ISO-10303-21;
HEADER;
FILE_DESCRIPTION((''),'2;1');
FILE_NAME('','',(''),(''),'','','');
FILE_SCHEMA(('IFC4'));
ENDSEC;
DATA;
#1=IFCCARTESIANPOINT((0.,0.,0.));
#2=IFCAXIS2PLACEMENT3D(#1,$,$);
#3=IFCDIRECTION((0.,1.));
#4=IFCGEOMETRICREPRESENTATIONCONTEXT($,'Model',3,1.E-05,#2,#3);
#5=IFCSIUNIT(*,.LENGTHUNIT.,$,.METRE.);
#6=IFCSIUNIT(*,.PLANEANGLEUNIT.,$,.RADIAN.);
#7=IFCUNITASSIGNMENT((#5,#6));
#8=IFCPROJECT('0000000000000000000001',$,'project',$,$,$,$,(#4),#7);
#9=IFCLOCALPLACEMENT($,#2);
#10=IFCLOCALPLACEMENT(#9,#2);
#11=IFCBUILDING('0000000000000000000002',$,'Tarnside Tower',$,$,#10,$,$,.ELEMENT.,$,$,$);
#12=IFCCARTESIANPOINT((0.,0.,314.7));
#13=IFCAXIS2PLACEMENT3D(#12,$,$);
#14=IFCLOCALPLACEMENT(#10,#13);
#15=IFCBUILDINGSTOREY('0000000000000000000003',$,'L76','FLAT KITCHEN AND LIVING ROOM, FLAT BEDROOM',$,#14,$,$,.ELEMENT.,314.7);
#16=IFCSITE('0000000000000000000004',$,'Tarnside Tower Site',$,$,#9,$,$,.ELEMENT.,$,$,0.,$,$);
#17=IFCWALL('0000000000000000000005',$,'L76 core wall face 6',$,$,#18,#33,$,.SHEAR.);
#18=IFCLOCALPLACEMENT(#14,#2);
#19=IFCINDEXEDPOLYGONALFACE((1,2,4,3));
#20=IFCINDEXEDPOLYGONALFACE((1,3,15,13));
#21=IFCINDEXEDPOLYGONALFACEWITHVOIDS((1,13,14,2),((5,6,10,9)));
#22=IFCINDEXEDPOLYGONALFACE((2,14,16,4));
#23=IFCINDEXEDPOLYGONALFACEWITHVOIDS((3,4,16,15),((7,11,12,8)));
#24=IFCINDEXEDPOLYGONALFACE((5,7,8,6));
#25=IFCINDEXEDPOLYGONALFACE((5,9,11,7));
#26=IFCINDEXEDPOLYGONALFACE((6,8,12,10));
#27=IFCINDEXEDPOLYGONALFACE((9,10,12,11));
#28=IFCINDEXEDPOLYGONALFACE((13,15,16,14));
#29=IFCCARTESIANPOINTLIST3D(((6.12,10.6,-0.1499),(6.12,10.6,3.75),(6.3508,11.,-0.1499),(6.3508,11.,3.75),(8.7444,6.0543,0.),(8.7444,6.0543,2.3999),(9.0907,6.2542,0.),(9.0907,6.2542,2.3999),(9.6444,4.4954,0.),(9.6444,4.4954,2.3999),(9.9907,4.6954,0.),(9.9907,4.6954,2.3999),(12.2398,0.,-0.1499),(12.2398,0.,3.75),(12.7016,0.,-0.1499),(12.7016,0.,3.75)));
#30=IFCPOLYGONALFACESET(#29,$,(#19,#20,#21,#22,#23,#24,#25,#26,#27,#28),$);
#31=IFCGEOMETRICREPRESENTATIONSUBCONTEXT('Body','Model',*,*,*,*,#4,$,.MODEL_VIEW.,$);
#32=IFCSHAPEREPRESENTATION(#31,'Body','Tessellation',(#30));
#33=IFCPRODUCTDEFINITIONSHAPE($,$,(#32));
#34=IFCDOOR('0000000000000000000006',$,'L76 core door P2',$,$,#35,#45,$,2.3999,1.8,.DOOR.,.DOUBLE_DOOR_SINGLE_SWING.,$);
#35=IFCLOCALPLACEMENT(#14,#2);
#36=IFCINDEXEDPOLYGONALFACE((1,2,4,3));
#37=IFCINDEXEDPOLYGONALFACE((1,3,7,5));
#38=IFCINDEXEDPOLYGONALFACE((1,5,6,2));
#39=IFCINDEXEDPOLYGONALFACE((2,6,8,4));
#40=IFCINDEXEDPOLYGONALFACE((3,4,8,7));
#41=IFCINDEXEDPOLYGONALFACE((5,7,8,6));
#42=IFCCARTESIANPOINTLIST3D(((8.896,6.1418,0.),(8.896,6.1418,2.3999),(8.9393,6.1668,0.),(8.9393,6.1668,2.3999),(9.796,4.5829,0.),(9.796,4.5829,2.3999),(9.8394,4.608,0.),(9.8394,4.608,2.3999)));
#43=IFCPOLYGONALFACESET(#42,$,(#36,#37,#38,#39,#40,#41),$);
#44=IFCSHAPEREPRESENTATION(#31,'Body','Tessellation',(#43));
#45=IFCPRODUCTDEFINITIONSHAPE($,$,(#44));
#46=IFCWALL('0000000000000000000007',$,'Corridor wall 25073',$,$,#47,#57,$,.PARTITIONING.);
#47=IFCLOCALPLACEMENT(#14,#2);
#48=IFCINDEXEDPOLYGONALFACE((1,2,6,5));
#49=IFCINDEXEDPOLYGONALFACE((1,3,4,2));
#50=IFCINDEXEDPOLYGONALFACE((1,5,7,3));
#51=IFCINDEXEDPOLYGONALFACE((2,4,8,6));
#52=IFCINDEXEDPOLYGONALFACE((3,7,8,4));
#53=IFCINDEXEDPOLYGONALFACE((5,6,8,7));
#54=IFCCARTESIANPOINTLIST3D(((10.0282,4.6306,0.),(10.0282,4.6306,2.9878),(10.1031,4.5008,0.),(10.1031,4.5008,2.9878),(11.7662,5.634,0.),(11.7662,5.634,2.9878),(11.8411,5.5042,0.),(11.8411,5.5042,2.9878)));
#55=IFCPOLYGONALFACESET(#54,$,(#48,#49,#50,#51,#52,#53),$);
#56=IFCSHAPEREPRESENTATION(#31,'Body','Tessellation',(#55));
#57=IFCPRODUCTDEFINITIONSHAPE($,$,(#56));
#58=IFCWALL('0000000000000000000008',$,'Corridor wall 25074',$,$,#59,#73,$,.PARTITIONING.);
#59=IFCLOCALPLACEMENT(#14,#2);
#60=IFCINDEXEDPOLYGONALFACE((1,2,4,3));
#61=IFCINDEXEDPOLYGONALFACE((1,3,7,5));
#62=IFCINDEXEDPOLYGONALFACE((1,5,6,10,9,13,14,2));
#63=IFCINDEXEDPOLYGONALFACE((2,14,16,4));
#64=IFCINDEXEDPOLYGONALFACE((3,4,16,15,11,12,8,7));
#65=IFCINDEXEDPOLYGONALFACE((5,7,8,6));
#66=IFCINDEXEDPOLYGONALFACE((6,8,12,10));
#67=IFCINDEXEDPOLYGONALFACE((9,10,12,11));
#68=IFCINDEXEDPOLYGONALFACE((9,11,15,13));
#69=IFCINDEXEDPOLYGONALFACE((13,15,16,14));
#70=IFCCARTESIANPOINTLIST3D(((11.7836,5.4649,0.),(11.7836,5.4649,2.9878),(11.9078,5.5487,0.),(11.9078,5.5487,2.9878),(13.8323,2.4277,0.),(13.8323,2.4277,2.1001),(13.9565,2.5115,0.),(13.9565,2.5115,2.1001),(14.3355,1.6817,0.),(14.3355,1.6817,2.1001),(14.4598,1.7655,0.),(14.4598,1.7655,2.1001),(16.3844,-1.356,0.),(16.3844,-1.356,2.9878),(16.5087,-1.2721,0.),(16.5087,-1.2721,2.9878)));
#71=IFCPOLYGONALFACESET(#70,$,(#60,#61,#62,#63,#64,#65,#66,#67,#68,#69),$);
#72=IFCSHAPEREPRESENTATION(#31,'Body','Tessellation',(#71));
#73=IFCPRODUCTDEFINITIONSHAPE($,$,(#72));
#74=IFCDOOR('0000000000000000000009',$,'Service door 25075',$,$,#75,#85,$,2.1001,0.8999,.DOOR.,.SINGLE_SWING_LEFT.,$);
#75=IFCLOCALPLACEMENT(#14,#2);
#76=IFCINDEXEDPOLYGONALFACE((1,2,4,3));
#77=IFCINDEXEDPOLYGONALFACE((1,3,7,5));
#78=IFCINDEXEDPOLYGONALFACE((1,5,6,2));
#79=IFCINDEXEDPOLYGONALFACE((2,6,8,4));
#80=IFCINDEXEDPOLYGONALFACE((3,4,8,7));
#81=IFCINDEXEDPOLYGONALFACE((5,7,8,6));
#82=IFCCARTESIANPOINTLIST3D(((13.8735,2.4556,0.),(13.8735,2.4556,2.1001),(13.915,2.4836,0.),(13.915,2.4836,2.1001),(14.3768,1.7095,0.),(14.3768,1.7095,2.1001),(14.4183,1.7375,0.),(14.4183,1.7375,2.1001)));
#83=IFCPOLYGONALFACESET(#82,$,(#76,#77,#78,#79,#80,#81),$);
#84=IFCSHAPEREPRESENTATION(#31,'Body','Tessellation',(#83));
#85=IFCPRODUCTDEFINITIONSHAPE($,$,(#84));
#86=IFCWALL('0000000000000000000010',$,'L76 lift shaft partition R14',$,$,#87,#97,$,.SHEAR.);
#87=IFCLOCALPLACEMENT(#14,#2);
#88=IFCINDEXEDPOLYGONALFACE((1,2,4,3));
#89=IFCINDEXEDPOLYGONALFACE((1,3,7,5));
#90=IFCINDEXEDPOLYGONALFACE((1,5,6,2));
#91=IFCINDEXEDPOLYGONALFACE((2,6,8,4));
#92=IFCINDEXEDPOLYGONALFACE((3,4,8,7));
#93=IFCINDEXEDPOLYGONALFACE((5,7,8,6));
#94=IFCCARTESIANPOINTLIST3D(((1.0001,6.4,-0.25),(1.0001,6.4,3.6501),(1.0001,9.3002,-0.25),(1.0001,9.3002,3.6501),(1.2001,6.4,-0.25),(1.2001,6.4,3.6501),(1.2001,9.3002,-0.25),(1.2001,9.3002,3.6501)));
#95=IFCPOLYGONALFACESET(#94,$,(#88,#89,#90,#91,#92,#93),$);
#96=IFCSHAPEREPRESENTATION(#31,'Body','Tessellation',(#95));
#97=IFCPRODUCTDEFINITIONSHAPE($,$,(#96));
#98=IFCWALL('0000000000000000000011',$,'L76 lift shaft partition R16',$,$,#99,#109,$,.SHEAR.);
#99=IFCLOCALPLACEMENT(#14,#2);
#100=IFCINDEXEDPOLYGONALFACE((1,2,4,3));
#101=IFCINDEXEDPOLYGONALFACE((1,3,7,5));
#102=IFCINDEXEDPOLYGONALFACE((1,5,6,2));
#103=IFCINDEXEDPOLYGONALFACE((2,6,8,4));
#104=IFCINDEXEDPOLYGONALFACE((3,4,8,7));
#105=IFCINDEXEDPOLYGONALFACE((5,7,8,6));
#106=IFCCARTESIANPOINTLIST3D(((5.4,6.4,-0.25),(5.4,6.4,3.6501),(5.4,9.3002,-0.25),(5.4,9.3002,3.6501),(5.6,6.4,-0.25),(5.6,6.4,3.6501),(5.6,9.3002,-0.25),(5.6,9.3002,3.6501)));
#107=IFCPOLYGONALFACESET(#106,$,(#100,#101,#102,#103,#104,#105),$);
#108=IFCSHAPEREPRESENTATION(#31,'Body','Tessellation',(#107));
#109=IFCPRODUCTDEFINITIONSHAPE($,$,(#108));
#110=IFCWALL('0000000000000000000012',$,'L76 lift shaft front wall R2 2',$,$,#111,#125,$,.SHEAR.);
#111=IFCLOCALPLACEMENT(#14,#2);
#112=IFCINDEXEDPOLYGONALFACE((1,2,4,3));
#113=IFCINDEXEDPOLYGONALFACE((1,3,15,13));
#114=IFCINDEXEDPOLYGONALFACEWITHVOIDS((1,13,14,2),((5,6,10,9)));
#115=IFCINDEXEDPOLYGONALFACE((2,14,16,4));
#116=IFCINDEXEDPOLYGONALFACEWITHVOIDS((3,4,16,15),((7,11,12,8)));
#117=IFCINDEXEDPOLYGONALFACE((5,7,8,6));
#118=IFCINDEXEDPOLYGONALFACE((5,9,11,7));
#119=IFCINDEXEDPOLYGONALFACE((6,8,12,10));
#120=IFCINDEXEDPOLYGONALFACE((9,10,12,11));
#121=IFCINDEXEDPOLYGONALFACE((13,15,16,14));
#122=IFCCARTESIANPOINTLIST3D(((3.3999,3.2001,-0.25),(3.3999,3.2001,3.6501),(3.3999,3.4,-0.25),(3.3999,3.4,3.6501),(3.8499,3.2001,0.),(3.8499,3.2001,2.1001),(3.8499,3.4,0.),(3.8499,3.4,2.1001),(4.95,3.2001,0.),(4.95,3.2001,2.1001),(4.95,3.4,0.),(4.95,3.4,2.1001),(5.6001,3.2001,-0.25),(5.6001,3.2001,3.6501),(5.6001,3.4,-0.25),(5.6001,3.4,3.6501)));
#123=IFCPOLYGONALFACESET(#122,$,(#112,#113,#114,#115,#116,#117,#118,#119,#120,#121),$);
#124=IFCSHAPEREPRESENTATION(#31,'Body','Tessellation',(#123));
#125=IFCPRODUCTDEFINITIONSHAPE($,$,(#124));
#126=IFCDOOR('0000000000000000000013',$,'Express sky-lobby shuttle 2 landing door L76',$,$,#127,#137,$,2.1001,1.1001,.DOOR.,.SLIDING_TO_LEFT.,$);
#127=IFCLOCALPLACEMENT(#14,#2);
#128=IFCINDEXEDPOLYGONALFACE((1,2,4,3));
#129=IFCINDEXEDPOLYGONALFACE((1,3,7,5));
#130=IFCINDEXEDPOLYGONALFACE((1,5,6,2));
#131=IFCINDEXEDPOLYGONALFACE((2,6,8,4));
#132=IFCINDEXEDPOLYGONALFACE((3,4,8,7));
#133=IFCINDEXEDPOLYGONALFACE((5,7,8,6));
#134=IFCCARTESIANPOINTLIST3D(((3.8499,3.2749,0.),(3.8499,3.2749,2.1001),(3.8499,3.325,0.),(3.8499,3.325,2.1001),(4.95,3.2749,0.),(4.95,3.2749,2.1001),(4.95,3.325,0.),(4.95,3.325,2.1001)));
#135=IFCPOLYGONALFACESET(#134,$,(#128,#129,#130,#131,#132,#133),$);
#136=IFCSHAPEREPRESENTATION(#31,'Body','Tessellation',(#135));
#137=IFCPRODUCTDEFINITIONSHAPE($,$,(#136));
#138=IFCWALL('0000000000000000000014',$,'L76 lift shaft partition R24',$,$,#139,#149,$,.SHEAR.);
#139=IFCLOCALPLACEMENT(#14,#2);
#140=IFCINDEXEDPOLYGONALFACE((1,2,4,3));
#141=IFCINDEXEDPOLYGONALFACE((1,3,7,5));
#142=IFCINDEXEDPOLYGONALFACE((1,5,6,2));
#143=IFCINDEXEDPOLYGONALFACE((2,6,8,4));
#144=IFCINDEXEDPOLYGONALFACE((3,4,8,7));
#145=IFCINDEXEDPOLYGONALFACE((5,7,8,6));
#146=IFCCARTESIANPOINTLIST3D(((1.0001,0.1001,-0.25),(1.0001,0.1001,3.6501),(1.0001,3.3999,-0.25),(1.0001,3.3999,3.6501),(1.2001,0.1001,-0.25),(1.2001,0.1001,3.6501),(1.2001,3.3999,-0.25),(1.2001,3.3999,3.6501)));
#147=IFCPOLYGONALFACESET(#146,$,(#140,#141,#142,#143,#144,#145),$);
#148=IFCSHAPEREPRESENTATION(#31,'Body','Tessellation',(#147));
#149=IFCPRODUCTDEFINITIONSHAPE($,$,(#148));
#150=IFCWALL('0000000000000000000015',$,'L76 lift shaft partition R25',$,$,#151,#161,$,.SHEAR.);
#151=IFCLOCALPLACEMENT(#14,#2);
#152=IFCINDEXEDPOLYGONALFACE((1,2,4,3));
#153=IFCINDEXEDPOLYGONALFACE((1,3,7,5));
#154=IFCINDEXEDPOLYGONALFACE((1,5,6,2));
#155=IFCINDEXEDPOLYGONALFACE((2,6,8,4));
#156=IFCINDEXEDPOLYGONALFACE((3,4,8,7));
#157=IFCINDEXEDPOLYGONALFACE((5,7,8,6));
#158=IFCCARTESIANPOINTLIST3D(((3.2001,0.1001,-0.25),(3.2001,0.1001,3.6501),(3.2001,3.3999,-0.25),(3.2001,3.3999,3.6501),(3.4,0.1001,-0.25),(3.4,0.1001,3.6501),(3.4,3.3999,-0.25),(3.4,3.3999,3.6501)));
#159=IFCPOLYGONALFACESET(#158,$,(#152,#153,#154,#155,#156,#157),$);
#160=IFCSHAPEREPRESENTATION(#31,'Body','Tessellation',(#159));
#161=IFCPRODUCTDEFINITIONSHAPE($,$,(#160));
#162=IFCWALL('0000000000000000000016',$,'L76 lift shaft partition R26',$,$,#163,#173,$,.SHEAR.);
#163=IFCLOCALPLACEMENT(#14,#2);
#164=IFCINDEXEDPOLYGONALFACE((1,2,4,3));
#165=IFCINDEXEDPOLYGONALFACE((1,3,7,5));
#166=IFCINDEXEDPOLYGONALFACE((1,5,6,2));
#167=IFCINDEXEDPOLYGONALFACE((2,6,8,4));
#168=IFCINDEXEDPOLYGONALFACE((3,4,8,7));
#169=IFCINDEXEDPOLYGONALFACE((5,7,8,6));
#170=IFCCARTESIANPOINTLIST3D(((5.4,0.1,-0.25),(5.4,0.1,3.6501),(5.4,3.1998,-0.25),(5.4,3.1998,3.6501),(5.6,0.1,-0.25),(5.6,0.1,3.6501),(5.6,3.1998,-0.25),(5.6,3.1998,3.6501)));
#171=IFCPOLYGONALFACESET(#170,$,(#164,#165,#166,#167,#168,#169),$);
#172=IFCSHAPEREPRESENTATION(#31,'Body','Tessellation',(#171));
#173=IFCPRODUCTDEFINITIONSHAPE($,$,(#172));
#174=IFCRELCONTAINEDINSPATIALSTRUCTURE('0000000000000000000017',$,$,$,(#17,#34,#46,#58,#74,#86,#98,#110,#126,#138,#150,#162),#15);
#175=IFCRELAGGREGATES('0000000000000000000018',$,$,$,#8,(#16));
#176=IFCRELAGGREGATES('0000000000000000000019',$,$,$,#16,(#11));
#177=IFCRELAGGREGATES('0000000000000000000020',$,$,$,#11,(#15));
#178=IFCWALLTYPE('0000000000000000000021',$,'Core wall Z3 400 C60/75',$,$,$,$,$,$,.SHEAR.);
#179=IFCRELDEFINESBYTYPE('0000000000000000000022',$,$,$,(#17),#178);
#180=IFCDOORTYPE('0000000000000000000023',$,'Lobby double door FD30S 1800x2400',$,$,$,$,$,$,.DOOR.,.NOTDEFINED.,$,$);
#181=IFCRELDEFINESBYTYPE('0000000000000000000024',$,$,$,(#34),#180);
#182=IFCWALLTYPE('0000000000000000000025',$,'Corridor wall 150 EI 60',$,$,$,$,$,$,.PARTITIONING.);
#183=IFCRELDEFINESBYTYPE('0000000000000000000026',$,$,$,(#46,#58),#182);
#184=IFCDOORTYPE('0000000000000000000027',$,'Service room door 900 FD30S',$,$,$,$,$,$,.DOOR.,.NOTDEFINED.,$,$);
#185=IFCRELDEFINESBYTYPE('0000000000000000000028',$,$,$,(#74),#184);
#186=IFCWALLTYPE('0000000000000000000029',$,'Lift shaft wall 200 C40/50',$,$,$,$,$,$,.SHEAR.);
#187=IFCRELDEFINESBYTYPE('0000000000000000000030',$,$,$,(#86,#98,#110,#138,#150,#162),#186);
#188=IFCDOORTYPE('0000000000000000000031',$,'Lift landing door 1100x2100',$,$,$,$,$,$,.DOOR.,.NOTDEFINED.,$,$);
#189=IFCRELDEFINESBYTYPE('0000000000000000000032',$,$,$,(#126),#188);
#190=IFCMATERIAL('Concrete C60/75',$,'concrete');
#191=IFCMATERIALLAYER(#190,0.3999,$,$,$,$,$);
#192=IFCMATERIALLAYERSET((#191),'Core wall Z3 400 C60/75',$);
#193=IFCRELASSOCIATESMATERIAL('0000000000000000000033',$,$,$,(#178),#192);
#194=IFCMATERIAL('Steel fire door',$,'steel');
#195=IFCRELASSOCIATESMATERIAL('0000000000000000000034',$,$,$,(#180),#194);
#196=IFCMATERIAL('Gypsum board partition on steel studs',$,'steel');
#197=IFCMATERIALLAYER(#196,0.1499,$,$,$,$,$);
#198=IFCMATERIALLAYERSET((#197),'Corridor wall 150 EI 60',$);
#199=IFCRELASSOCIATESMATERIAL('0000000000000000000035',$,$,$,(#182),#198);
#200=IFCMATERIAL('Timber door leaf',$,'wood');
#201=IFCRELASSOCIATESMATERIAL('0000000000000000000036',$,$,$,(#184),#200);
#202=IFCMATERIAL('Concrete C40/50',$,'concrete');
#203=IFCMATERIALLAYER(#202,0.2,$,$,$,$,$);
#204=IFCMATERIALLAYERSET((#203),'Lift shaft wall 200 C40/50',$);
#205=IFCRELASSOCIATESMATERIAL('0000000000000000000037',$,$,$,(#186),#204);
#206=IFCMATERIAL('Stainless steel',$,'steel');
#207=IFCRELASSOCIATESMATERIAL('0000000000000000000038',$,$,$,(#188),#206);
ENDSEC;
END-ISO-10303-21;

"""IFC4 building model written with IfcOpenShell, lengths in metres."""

from ifc_helpers import new_model, si_unit, direction, frame, frame_2d, origin, place, context, subcontext, project, spatial, polyline, rectangle, outline, extrude, material, layer, layer_set, type_object, element, fill, save


model = new_model("IFC4")

# Units and contexts
model_context = context("Model", 3, precision=1e-05, world=origin(), true_north=direction((0.0, 1.0)))
body_context = subcontext(model_context, "Body", "Model", "MODEL_VIEW")
ifc_project = project(units=[si_unit("LENGTHUNIT", "METRE"), si_unit("PLANEANGLEUNIT", "RADIAN")], contexts=[model_context])

# Site, building, storey
site_placement = place(None, origin())
site = spatial("IfcSite", under=ifc_project, at=site_placement, Name="Tarnside Tower Site", CompositionType="ELEMENT", RefElevation=0.0)
building_placement = place(site_placement, origin())
building = spatial("IfcBuilding", under=site, at=building_placement, Name="Tarnside Tower", CompositionType="ELEMENT")
storey_placement = place(building_placement, frame((0.0, 0.0, 314.7)))
storey = spatial("IfcBuildingStorey", under=building, at=storey_placement, Name="L76", Description="FLAT KITCHEN AND LIVING ROOM, FLAT BEDROOM", CompositionType="ELEMENT", Elevation=314.7)

# Wall, opening, door
ifc_material_1 = material(Name="Concrete C60/75", Category="concrete")
ifc_layer_1 = layer(ifc_material_1, 0.3999)
ifc_layer_set_1 = layer_set([ifc_layer_1], Name="Core wall Z3 400 C60/75")
wall_type_1 = type_object("IfcWallType", Name="Core wall Z3 400 C60/75", PredefinedType="SHEAR", material=ifc_layer_set_1)
wall_1_placement = place(storey_placement, frame((12.4707, 0.0, -0.1499), z_axis=(0.0, 0.0, 1.0), x_axis=(-0.499996, 0.866027, 0.0)))
wall_1 = element("IfcWall", 1, at=wall_1_placement, inside=storey, type_object=wall_type_1, Name="L76 core wall face 6", PredefinedType="SHEAR", context=body_context, shape_type="SweptSolid", body=[
    extrude(outline(polyline([(-0.1155, -0.2), (12.5862, -0.2), (12.3552, 0.2), (0.1155, 0.2), (-0.1155, -0.2)])), origin(), (0.0, 0.0, 1.0), 3.8999),
])
opening_1_placement = place(wall_1_placement, frame((5.3064, 0.0, 0.1499)))
opening_1 = element("IfcOpeningElement", 2, at=opening_1_placement, cuts=wall_1, PredefinedType="OPENING", context=body_context, shape_type="SweptSolid", body=[
    extrude(rectangle(XDim=1.8, YDim=2.3999, at=frame_2d((0.8999, 1.2))), frame((0.0, 0.21, 0.0), z_axis=(0.0, -1.0, 0.0), x_axis=(1.0, 0.0, 0.0)), (0.0, 0.0, 1.0), 0.4199),
])
ifc_material_2 = material(Name="Steel fire door", Category="steel")
door_type_1 = type_object("IfcDoorType", Name="Lobby double door FD30S 1800x2400", OperationType="NOTDEFINED", PredefinedType="DOOR", material=ifc_material_2)
door_1_placement = place(opening_1_placement, origin())
door_1 = element("IfcDoor", 3, at=door_1_placement, inside=storey, type_object=door_type_1, Name="L76 core door P2", OperationType="DOUBLE_DOOR_SINGLE_SWING", OverallHeight=2.3999, OverallWidth=1.8, PredefinedType="DOOR", context=body_context, shape_type="SweptSolid", body=[
    extrude(rectangle(XDim=1.8, YDim=2.3999, at=frame_2d((0.8999, 1.2))), frame((0.0, 0.0249, 0.0), z_axis=(0.0, -1.0, 0.0), x_axis=(1.0, 0.0, 0.0)), (0.0, 0.0, 1.0), 0.05),
])
fill(opening_1, door_1)

# Wall
ifc_material_3 = material(Name="Gypsum board partition on steel studs", Category="steel")
ifc_layer_2 = layer(ifc_material_3, 0.1499)
ifc_layer_set_2 = layer_set([ifc_layer_2], Name="Corridor wall 150 EI 60")
wall_type_2 = type_object("IfcWallType", Name="Corridor wall 150 EI 60", PredefinedType="PARTITIONING", material=ifc_layer_set_2)
wall_2_placement = place(storey_placement, frame((10.0657, 4.5657, 0.0), z_axis=(0.0, 0.0, 1.0), x_axis=(0.866034, 0.499986, 0.0)))
element("IfcWall", 4, at=wall_2_placement, inside=storey, type_object=wall_type_2, Name="Corridor wall 25073", PredefinedType="PARTITIONING", context=body_context, shape_type="SweptSolid", body=[
    extrude(rectangle(XDim=2.0068, YDim=0.1499, at=frame_2d((1.0034, 0.0))), origin(), (0.0, 0.0, 1.0), 2.9878),
])

# Wall, opening, door
wall_3_placement = place(storey_placement, frame((11.8457, 5.5068, 0.0), z_axis=(0.0, 0.0, 1.0), x_axis=(0.559205, -0.82903, 0.0)))
wall_3 = element("IfcWall", 5, at=wall_3_placement, inside=storey, type_object=wall_type_2, Name="Corridor wall 25074", PredefinedType="PARTITIONING", context=body_context, shape_type="SweptSolid", body=[
    extrude(rectangle(XDim=8.2275, YDim=0.1499, at=frame_2d((4.1138, 0.0))), origin(), (0.0, 0.0, 1.0), 2.9878),
])
opening_2_placement = place(wall_3_placement, frame((3.6636, 0.0, 0.0)))
opening_2 = element("IfcOpeningElement", 6, at=opening_2_placement, cuts=wall_3, PredefinedType="OPENING", context=body_context, shape_type="SweptSolid", body=[
    extrude(rectangle(XDim=0.8999, YDim=2.1001, at=frame_2d((0.45, 1.05))), frame((0.0, 0.085, 0.0), z_axis=(0.0, -1.0, 0.0), x_axis=(1.0, 0.0, 0.0)), (0.0, 0.0, 1.0), 0.1699),
])
ifc_material_4 = material(Name="Timber door leaf", Category="wood")
door_type_2 = type_object("IfcDoorType", Name="Service room door 900 FD30S", OperationType="NOTDEFINED", PredefinedType="DOOR", material=ifc_material_4)
door_2_placement = place(opening_2_placement, origin())
door_2 = element("IfcDoor", 7, at=door_2_placement, inside=storey, type_object=door_type_2, Name="Service door 25075", OperationType="SINGLE_SWING_LEFT", OverallHeight=2.1001, OverallWidth=0.8999, PredefinedType="DOOR", context=body_context, shape_type="SweptSolid", body=[
    extrude(rectangle(XDim=0.8999, YDim=2.1001, at=frame_2d((0.45, 1.05))), frame((0.0, 0.0249, 0.0), z_axis=(0.0, -1.0, 0.0), x_axis=(1.0, 0.0, 0.0)), (0.0, 0.0, 1.0), 0.05),
])
fill(opening_2, door_2)

# Walls
ifc_material_5 = material(Name="Concrete C40/50", Category="concrete")
ifc_layer_3 = layer(ifc_material_5, 0.2)
ifc_layer_set_3 = layer_set([ifc_layer_3], Name="Lift shaft wall 200 C40/50")
wall_type_3 = type_object("IfcWallType", Name="Lift shaft wall 200 C40/50", PredefinedType="SHEAR", material=ifc_layer_set_3)
for number, where, z_axis, x_axis, name in (
    (8, (1.1001, 6.3999, -0.25), (0.0, 0.0, 1.0), (0.0, 1.0, 0.0), "L76 lift shaft partition R14"),
    (9, (5.5, 6.3999, -0.25), (0.0, 0.0, 1.0), (0.0, 1.0, 0.0), "L76 lift shaft partition R16"),
):
    element("IfcWall", number, at=place(storey_placement, frame(where, z_axis=z_axis, x_axis=x_axis)), inside=storey, type_object=wall_type_3, Name=name, PredefinedType="SHEAR", context=body_context, shape_type="SweptSolid", body=[
        extrude(rectangle(XDim=2.9001, YDim=0.2, at=frame_2d((1.4502, 0.0))), origin(), (0.0, 0.0, 1.0), 3.9001),
    ])

# Wall, opening, door
wall_4_placement = place(storey_placement, frame((3.3999, 3.3, -0.25), z_axis=(0.0, 0.0, 1.0), x_axis=(1.0, 0.0, 0.0)))
wall_4 = element("IfcWall", 10, at=wall_4_placement, inside=storey, type_object=wall_type_3, Name="L76 lift shaft front wall R2 2", PredefinedType="SHEAR", context=body_context, shape_type="SweptSolid", body=[
    extrude(rectangle(XDim=2.2002, YDim=0.2, at=frame_2d((1.1001, 0.0))), origin(), (0.0, 0.0, 1.0), 3.9001),
])
opening_3_placement = place(wall_4_placement, frame((0.45, 0.0, 0.25)))
opening_3 = element("IfcOpeningElement", 11, at=opening_3_placement, cuts=wall_4, PredefinedType="OPENING", context=body_context, shape_type="SweptSolid", body=[
    extrude(rectangle(XDim=1.1001, YDim=2.1001, at=frame_2d((0.55, 1.05))), frame((0.0, 0.1099, 0.0), z_axis=(0.0, -1.0, 0.0), x_axis=(1.0, 0.0, 0.0)), (0.0, 0.0, 1.0), 0.22),
])
ifc_material_6 = material(Name="Stainless steel", Category="steel")
door_type_3 = type_object("IfcDoorType", Name="Lift landing door 1100x2100", OperationType="NOTDEFINED", PredefinedType="DOOR", material=ifc_material_6)
door_3_placement = place(opening_3_placement, origin())
door_3 = element("IfcDoor", 12, at=door_3_placement, inside=storey, type_object=door_type_3, Name="Express sky-lobby shuttle 2 landing door L76", OperationType="SLIDING_TO_LEFT", OverallHeight=2.1001, OverallWidth=1.1001, PredefinedType="DOOR", context=body_context, shape_type="SweptSolid", body=[
    extrude(rectangle(XDim=1.1001, YDim=2.1001, at=frame_2d((0.55, 1.05))), frame((0.0, 0.0249, 0.0), z_axis=(0.0, -1.0, 0.0), x_axis=(1.0, 0.0, 0.0)), (0.0, 0.0, 1.0), 0.05),
])
fill(opening_3, door_3)

# Walls
for number, where, z_axis, x_axis, name in (
    (13, (1.1001, 0.1001, -0.25), (0.0, 0.0, 1.0), (0.0, 1.0, 0.0), "L76 lift shaft partition R24"),
    (14, (3.3, 0.1001, -0.25), (0.0, 0.0, 1.0), (0.0, 1.0, 0.0), "L76 lift shaft partition R25"),
):
    element("IfcWall", number, at=place(storey_placement, frame(where, z_axis=z_axis, x_axis=x_axis)), inside=storey, type_object=wall_type_3, Name=name, PredefinedType="SHEAR", context=body_context, shape_type="SweptSolid", body=[
        extrude(rectangle(XDim=3.2998, YDim=0.2, at=frame_2d((1.6499, 0.0))), origin(), (0.0, 0.0, 1.0), 3.9001),
    ])
wall_5_placement = place(storey_placement, frame((5.5, 0.1001, -0.25), z_axis=(0.0, 0.0, 1.0), x_axis=(0.0, 1.0, 0.0)))
element("IfcWall", 15, at=wall_5_placement, inside=storey, type_object=wall_type_3, Name="L76 lift shaft partition R26", PredefinedType="SHEAR", context=body_context, shape_type="SweptSolid", body=[
    extrude(rectangle(XDim=3.0999, YDim=0.2, at=frame_2d((1.5498, 0.0))), origin(), (0.0, 0.0, 1.0), 3.9001),
])

save(model, "model.ifc")
